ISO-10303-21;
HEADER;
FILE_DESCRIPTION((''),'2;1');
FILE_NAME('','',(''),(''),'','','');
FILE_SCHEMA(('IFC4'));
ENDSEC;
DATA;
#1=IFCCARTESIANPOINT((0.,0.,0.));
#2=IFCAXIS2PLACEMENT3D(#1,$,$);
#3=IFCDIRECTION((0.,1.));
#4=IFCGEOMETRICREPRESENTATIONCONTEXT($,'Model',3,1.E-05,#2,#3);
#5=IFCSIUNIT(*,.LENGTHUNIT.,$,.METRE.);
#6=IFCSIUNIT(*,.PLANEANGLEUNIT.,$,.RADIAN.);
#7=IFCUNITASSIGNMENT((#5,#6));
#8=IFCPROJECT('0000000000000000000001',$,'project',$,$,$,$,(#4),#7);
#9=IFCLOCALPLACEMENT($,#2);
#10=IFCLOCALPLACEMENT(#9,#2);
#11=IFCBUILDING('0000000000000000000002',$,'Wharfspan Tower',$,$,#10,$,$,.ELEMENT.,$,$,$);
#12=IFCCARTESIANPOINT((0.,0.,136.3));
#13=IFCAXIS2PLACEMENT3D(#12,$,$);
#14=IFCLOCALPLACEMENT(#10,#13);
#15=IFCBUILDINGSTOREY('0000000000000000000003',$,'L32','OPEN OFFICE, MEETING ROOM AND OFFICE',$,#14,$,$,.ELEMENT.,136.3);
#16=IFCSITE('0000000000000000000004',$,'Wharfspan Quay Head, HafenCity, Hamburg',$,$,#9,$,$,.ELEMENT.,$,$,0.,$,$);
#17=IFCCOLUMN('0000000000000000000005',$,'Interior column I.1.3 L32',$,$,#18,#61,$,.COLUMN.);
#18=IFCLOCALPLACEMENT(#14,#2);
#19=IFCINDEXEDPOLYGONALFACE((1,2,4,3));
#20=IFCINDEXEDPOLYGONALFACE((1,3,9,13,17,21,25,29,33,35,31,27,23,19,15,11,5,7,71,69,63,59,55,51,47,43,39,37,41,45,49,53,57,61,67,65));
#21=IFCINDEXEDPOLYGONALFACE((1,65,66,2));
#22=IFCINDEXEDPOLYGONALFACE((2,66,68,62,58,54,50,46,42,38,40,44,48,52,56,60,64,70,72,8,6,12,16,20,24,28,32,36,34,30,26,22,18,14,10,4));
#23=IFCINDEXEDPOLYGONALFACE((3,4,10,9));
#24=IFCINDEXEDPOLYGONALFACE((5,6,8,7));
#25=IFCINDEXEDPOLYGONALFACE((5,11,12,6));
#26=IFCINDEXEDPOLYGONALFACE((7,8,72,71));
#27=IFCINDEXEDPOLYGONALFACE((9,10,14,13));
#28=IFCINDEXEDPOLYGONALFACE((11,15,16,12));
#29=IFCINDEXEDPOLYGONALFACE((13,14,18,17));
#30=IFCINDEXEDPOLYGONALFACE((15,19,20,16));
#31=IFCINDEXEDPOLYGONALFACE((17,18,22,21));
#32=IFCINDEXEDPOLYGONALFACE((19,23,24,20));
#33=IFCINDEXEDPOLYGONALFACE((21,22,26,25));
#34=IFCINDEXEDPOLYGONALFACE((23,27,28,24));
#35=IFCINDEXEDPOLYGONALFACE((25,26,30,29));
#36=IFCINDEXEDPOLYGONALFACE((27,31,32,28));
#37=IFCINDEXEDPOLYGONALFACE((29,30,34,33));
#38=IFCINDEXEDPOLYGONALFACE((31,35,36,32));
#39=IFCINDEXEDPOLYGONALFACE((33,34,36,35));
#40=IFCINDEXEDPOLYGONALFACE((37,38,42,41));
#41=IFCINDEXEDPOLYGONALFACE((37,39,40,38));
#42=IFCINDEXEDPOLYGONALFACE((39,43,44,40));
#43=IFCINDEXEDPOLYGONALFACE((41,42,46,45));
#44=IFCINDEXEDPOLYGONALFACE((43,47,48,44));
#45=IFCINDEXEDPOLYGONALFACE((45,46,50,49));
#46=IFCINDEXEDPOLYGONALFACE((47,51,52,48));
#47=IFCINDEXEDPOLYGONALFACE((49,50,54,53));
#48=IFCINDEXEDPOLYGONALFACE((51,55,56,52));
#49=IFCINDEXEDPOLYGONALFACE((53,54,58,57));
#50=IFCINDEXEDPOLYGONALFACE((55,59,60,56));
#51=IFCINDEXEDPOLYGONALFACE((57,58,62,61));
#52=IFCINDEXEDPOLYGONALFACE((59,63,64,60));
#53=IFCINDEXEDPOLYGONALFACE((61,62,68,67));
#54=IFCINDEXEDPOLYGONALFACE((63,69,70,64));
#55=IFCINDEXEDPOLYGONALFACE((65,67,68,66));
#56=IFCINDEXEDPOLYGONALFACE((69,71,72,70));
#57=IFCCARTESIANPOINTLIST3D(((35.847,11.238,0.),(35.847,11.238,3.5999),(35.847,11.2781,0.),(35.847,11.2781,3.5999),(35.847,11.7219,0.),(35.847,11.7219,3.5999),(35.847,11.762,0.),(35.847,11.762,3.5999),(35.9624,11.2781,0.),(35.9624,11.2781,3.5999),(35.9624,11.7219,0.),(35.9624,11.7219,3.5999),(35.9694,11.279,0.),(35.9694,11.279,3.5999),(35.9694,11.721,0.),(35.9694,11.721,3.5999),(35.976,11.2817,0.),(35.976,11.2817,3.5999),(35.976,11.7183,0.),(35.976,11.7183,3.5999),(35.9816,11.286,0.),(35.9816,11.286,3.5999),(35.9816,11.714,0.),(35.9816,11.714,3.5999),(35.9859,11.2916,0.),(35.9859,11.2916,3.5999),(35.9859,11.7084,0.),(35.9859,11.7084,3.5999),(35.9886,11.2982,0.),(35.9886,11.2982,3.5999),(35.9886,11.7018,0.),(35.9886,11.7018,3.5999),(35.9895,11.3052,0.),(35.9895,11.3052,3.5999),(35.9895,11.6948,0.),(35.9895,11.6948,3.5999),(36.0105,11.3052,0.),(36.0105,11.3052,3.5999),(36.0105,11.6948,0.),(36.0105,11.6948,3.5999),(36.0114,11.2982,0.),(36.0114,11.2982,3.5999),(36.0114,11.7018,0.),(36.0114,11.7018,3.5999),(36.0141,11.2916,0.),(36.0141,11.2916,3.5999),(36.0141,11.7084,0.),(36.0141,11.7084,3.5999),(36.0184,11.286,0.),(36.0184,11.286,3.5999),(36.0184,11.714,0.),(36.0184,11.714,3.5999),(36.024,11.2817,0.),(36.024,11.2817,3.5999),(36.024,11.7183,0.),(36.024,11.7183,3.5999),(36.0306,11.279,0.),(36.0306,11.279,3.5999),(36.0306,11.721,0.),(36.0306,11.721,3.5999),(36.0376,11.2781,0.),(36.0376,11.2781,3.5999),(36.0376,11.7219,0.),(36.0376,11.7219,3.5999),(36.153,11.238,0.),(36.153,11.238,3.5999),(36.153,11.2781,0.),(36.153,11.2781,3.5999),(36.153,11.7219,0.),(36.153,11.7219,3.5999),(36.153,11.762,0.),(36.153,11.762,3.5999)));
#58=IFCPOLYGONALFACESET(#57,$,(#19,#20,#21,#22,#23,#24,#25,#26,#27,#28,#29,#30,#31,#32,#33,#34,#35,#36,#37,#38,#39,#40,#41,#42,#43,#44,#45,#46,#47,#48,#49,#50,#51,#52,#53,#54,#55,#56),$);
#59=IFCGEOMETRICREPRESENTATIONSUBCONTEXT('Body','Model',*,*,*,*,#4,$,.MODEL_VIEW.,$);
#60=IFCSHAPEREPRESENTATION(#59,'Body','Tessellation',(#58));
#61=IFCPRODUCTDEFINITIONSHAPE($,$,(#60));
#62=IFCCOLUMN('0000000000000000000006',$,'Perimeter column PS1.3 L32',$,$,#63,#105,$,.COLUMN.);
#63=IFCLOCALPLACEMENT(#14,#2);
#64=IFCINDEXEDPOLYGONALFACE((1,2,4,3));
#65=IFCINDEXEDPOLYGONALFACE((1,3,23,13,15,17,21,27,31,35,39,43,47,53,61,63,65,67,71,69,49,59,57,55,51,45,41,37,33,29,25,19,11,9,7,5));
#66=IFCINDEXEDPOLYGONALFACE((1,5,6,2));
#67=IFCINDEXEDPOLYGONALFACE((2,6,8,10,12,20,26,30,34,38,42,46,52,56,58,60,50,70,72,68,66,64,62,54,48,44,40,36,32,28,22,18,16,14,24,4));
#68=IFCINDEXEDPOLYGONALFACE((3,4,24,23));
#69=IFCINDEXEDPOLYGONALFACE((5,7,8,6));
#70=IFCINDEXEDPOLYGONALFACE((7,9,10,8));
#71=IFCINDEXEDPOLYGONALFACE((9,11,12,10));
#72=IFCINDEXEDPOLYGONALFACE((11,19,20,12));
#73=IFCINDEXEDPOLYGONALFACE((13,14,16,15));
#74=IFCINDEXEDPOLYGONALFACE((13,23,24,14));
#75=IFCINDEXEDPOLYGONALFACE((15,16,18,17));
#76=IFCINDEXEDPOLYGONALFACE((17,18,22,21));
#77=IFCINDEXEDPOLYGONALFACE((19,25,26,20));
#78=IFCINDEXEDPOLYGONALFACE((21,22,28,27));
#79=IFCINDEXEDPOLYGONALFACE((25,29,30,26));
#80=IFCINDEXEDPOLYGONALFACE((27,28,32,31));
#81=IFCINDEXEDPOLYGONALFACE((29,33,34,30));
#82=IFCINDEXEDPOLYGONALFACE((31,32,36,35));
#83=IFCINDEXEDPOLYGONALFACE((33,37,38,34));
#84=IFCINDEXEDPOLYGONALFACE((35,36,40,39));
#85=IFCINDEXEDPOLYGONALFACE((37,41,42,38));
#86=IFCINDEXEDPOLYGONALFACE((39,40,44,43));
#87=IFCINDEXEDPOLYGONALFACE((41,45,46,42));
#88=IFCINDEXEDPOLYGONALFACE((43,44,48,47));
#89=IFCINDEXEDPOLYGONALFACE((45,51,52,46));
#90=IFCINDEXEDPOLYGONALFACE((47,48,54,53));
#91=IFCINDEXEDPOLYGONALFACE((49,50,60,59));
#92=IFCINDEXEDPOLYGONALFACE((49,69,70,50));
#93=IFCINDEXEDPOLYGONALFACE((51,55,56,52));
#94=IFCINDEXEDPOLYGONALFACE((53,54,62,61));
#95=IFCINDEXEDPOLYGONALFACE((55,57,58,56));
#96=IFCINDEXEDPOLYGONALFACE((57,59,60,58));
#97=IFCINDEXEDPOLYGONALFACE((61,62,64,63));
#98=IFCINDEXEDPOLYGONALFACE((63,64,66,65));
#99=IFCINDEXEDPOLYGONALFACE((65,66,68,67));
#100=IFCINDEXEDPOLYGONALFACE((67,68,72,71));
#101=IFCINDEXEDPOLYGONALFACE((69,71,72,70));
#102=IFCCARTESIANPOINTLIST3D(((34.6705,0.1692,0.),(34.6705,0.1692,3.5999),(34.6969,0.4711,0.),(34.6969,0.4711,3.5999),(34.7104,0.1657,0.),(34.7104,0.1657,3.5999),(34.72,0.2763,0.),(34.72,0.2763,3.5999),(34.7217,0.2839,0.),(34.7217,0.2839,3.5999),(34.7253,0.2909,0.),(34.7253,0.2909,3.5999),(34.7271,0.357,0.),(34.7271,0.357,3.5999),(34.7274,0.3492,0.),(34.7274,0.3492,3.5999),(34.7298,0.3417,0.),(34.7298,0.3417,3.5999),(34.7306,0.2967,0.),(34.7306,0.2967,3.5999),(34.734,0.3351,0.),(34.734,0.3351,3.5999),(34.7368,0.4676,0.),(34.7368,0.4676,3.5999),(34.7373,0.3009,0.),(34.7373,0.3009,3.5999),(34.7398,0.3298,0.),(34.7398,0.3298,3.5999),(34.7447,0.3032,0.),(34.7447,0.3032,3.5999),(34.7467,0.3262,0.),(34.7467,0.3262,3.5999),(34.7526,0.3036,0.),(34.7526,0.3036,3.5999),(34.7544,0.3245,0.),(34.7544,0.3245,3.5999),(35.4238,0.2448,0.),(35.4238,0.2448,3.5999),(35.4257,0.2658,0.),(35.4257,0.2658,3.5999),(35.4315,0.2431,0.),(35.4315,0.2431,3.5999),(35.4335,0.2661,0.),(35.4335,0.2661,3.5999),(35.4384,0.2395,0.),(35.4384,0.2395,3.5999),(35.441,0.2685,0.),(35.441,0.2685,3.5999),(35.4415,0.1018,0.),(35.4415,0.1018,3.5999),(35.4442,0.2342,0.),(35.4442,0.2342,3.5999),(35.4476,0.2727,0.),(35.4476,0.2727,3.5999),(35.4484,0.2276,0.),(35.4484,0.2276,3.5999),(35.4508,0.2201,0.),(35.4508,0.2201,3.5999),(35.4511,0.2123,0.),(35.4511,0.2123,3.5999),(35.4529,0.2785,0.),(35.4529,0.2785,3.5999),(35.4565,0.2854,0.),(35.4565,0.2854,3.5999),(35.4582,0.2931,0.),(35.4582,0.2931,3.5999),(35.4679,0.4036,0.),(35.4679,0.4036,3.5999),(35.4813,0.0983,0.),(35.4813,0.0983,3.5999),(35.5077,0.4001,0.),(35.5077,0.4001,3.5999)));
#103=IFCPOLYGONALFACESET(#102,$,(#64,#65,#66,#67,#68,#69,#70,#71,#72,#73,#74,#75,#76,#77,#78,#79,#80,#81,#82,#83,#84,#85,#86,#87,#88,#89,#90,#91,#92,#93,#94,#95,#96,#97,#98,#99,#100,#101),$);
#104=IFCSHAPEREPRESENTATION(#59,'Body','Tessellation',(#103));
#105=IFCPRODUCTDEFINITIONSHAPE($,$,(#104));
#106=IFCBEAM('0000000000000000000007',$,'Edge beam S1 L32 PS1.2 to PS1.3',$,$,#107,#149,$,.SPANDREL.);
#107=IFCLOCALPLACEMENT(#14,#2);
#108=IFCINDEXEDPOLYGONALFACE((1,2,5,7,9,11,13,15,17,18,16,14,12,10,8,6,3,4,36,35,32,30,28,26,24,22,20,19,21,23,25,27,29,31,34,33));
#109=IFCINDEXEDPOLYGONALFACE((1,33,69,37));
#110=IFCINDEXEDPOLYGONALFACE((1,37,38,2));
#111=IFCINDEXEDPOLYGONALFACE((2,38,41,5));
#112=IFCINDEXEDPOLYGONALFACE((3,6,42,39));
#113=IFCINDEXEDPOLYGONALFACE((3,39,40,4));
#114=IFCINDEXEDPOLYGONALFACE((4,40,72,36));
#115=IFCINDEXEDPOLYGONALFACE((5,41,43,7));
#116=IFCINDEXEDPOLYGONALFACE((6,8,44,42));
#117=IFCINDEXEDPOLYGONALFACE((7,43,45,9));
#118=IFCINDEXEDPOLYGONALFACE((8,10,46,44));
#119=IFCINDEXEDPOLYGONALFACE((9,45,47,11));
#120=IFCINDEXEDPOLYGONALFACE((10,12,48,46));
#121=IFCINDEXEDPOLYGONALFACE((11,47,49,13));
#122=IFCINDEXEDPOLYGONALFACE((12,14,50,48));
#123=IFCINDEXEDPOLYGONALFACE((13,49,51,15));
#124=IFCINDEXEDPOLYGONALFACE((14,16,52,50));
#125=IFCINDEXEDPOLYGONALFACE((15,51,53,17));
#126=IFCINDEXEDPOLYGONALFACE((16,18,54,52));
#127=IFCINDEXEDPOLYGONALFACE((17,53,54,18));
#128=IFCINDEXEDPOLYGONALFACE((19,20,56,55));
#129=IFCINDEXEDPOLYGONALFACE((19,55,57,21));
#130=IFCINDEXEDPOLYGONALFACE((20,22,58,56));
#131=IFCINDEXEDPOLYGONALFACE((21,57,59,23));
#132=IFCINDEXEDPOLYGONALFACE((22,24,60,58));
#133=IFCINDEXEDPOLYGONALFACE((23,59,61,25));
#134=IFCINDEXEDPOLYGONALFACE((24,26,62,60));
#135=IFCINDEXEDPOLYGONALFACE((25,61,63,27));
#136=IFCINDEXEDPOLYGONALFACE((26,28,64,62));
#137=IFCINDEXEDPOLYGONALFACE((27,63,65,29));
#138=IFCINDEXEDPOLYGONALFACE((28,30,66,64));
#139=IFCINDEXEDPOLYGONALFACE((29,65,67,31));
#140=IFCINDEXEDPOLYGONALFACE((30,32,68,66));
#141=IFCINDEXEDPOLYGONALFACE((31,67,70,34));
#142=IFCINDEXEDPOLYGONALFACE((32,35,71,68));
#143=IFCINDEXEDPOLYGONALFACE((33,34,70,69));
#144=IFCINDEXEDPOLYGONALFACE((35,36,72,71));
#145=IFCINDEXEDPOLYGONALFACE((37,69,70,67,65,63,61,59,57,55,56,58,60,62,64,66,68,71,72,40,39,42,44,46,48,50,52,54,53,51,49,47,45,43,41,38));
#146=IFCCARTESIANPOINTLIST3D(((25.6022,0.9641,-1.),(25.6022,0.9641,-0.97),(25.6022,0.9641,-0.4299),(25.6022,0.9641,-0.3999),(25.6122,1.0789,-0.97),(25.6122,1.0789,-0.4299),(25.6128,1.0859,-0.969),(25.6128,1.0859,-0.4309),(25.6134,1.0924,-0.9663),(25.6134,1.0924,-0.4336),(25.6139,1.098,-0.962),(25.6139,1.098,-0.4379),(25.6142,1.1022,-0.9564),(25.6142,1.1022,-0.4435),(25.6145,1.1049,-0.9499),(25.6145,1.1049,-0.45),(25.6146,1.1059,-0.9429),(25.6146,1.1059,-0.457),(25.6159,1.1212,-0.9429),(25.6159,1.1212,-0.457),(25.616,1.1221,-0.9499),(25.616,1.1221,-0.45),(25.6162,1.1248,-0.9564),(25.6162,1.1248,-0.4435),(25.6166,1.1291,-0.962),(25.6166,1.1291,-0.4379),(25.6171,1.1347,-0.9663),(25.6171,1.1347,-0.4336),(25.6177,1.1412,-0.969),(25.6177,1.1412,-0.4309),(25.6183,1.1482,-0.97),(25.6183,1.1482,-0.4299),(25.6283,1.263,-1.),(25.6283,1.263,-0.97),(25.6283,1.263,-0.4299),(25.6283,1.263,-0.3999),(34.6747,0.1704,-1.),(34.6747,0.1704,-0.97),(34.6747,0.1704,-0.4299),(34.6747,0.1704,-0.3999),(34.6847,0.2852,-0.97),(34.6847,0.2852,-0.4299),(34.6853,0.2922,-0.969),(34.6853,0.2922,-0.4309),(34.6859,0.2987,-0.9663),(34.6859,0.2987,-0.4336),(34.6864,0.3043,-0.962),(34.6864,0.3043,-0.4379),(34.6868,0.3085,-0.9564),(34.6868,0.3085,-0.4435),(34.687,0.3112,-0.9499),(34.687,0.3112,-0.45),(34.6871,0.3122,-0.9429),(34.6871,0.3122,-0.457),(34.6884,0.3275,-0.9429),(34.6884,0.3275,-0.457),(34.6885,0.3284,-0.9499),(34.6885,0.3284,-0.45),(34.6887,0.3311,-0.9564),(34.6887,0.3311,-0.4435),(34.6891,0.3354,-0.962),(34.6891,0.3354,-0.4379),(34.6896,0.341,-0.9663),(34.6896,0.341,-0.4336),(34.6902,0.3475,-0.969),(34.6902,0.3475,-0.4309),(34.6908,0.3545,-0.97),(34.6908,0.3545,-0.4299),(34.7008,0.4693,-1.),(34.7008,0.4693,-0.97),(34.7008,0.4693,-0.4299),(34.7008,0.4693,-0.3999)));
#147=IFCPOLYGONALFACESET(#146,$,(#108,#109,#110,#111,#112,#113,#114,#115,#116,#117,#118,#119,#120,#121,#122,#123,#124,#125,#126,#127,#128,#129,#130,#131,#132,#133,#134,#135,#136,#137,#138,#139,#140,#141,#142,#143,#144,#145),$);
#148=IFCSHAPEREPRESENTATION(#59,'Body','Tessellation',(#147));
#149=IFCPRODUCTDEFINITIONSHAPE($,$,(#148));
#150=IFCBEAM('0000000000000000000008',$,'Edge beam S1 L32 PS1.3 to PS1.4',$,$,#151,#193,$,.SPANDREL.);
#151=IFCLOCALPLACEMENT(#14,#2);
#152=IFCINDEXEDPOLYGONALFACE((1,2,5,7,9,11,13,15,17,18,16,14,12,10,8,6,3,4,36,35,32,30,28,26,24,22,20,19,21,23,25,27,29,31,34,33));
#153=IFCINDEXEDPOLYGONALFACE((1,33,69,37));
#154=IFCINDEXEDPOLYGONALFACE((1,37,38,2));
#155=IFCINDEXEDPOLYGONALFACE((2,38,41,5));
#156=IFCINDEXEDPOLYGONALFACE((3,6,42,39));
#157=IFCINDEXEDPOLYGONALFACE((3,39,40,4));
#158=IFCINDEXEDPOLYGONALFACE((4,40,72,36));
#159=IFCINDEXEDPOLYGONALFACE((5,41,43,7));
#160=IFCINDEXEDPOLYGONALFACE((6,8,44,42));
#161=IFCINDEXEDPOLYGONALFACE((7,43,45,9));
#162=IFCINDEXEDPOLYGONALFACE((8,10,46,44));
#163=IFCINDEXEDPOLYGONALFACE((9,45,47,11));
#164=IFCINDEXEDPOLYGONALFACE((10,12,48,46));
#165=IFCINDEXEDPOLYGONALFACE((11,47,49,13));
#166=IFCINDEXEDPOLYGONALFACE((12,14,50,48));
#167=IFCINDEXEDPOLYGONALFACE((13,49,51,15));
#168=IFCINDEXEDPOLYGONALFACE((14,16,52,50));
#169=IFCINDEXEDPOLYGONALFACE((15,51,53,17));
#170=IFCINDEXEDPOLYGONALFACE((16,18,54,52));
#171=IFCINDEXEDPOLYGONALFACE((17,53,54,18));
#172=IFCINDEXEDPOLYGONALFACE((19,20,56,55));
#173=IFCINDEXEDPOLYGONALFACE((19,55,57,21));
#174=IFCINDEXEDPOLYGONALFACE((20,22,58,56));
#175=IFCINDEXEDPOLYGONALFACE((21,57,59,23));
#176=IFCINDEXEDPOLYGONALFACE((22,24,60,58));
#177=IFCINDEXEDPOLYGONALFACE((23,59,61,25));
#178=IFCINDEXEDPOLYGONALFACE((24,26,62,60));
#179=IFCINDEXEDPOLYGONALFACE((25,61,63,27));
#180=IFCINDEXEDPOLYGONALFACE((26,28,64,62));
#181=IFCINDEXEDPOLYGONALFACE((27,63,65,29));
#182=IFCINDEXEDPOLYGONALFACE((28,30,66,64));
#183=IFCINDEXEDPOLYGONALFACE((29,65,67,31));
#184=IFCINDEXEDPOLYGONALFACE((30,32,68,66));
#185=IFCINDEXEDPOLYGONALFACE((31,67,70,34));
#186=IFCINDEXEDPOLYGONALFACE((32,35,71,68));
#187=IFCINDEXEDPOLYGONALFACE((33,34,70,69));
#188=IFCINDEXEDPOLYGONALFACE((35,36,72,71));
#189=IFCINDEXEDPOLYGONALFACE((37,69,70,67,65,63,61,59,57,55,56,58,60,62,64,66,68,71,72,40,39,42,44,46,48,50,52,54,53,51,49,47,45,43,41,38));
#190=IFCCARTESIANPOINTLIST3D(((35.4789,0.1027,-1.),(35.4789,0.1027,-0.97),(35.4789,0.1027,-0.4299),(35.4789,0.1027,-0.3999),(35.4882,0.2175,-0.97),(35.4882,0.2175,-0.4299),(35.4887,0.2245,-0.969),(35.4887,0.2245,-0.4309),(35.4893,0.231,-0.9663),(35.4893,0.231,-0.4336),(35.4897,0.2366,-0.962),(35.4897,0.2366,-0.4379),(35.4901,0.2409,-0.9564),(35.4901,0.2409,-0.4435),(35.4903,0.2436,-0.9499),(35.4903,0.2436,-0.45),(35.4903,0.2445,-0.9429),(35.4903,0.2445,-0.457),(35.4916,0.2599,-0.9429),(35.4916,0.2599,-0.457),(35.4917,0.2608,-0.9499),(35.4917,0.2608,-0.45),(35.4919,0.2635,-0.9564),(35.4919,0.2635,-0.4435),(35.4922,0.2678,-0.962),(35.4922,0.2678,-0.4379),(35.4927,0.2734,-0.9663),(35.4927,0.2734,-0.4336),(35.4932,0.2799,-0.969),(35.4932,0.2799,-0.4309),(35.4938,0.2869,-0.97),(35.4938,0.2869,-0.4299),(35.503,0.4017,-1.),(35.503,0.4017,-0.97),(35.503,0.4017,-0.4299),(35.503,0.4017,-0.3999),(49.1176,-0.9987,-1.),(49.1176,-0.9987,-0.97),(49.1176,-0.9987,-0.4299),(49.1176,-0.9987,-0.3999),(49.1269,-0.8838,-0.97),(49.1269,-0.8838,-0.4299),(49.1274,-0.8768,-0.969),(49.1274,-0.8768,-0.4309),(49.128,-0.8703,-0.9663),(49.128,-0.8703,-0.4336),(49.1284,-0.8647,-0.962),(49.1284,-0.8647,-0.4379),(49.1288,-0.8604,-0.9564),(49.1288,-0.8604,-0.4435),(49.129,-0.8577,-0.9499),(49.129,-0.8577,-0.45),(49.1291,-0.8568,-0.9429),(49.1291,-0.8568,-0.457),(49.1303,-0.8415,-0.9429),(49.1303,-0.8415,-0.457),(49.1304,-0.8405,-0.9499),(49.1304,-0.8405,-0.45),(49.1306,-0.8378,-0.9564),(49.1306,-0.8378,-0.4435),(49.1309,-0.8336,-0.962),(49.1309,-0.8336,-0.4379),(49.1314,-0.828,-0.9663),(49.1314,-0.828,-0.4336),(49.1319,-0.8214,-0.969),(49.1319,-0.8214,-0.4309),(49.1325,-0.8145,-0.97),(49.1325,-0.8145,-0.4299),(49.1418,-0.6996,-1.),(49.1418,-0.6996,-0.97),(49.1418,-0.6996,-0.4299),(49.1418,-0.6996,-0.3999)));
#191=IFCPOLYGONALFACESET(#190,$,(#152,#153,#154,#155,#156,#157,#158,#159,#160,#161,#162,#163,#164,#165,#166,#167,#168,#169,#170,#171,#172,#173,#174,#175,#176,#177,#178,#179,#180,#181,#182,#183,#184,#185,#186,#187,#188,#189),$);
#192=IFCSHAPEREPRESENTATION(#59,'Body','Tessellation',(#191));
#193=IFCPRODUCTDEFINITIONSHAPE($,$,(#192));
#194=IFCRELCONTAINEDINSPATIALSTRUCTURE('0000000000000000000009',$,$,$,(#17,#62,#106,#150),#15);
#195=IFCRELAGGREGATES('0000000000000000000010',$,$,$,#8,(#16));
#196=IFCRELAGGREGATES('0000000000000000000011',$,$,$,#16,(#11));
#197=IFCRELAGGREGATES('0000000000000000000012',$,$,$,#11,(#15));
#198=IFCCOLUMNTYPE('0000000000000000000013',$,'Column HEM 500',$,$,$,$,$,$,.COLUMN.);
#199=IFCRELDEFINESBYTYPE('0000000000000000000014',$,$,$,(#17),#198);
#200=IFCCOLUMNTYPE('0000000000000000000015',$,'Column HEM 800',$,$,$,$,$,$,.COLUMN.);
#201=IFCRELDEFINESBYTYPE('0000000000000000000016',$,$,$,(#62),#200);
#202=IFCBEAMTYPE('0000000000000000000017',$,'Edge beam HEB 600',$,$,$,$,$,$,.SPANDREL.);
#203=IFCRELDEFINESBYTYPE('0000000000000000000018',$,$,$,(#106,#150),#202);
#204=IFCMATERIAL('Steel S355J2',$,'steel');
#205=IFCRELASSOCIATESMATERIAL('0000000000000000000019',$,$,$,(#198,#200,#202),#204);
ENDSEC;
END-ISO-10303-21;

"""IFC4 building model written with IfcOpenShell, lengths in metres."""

from ifc_helpers import new_model, si_unit, direction, frame, origin, origin_2d, place, context, subcontext, project, spatial, i_section, extrude, material, material_profile, profile_set, type_object, element, save


model = new_model("IFC4")

# Units and contexts
model_context = context("Model", 3, precision=1e-05, world=origin(), true_north=direction((0.0, 1.0)))
body_context = subcontext(model_context, "Body", "Model", "MODEL_VIEW")
ifc_project = project(units=[si_unit("LENGTHUNIT", "METRE"), si_unit("PLANEANGLEUNIT", "RADIAN")], contexts=[model_context])

# Site, building, storey
site_placement = place(None, origin())
site = spatial("IfcSite", under=ifc_project, at=site_placement, Name="Wharfspan Quay Head, HafenCity, Hamburg", CompositionType="ELEMENT", RefElevation=0.0)
building_placement = place(site_placement, origin())
building = spatial("IfcBuilding", under=site, at=building_placement, Name="Wharfspan Tower", CompositionType="ELEMENT")
storey_placement = place(building_placement, frame((0.0, 0.0, 136.3)))
storey = spatial("IfcBuildingStorey", under=building, at=storey_placement, Name="L32", Description="OPEN OFFICE, MEETING ROOM AND OFFICE", CompositionType="ELEMENT", Elevation=136.3)

# Columns
ifc_material_1 = material(Name="Steel S355J2", Category="steel")
ifc_material_profile_1 = material_profile(ifc_material_1, i_section(OverallWidth=0.3059, OverallDepth=0.5239, WebThickness=0.021, FlangeThickness=0.04, FilletRadius=0.0271, at=origin_2d()))
ifc_profile_set_1 = profile_set([ifc_material_profile_1], Name="Steel S355J2")
column_type_1 = type_object("IfcColumnType", Name="Column HEM 500", PredefinedType="COLUMN", material=ifc_profile_set_1)
column_1_placement = place(storey_placement, frame((36.0, 11.5, 0.0), z_axis=(0.0, 0.0, 1.0), x_axis=(1.0, 0.0, 0.0)))
element("IfcColumn", 1, at=column_1_placement, inside=storey, type_object=column_type_1, Name="Interior column I.1.3 L32", PredefinedType="COLUMN", context=body_context, shape_type="SweptSolid", body=[
    extrude(i_section(OverallWidth=0.3059, OverallDepth=0.5239, WebThickness=0.021, FlangeThickness=0.04, FilletRadius=0.0271, at=origin_2d()), origin(), (0.0, 0.0, 1.0), 3.5999),
])
ifc_material_profile_2 = material_profile(ifc_material_1, i_section(OverallWidth=0.303, OverallDepth=0.814, WebThickness=0.021, FlangeThickness=0.04, FilletRadius=0.03, at=origin_2d()))
ifc_profile_set_2 = profile_set([ifc_material_profile_2], Name="Steel S355J2")
column_type_2 = type_object("IfcColumnType", Name="Column HEM 800", PredefinedType="COLUMN", material=ifc_profile_set_2)
column_2_placement = place(storey_placement, frame((35.0891, 0.2847, 0.0), z_axis=(0.0, 0.0, 1.0), x_axis=(-0.087156, -0.996198, 0.0)))
element("IfcColumn", 2, at=column_2_placement, inside=storey, type_object=column_type_2, Name="Perimeter column PS1.3 L32", PredefinedType="COLUMN", context=body_context, shape_type="SweptSolid", body=[
    extrude(i_section(OverallWidth=0.303, OverallDepth=0.814, WebThickness=0.021, FlangeThickness=0.04, FilletRadius=0.03, at=origin_2d()), origin(), (0.0, 0.0, 1.0), 3.5999),
])

# Beams
ifc_material_profile_3 = material_profile(ifc_material_1, i_section(OverallWidth=0.3, OverallDepth=0.6001, WebThickness=0.0154, FlangeThickness=0.03, FilletRadius=0.0271, at=origin_2d()))
ifc_profile_set_3 = profile_set([ifc_material_profile_3], Name="Steel S355J2")
beam_type = type_object("IfcBeamType", Name="Edge beam HEB 600", PredefinedType="SPANDREL", material=ifc_profile_set_3)
beam_1_placement = place(storey_placement, frame((25.6152, 1.1135, -0.7), z_axis=(0.996195, -0.087151, 0.0), x_axis=(0.087151, 0.996195, 0.0)))
element("IfcBeam", 3, at=beam_1_placement, inside=storey, type_object=beam_type, Name="Edge beam S1 L32 PS1.2 to PS1.3", PredefinedType="SPANDREL", context=body_context, shape_type="SweptSolid", body=[
    extrude(i_section(OverallWidth=0.3, OverallDepth=0.6001, WebThickness=0.0154, FlangeThickness=0.03, FilletRadius=0.0271, at=origin_2d()), origin(), (0.0, 0.0, 1.0), 9.1072),
])
beam_2_placement = place(storey_placement, frame((35.491, 0.2522, -0.7), z_axis=(0.996756, -0.080488, 0.0), x_axis=(0.080488, 0.996756, 0.0)))
element("IfcBeam", 4, at=beam_2_placement, inside=storey, type_object=beam_type, Name="Edge beam S1 L32 PS1.3 to PS1.4", PredefinedType="SPANDREL", context=body_context, shape_type="SweptSolid", body=[
    extrude(i_section(OverallWidth=0.3, OverallDepth=0.6001, WebThickness=0.0154, FlangeThickness=0.03, FilletRadius=0.0271, at=origin_2d()), origin(), (0.0, 0.0, 1.0), 13.6831),
])

save(model, "model.ifc")
